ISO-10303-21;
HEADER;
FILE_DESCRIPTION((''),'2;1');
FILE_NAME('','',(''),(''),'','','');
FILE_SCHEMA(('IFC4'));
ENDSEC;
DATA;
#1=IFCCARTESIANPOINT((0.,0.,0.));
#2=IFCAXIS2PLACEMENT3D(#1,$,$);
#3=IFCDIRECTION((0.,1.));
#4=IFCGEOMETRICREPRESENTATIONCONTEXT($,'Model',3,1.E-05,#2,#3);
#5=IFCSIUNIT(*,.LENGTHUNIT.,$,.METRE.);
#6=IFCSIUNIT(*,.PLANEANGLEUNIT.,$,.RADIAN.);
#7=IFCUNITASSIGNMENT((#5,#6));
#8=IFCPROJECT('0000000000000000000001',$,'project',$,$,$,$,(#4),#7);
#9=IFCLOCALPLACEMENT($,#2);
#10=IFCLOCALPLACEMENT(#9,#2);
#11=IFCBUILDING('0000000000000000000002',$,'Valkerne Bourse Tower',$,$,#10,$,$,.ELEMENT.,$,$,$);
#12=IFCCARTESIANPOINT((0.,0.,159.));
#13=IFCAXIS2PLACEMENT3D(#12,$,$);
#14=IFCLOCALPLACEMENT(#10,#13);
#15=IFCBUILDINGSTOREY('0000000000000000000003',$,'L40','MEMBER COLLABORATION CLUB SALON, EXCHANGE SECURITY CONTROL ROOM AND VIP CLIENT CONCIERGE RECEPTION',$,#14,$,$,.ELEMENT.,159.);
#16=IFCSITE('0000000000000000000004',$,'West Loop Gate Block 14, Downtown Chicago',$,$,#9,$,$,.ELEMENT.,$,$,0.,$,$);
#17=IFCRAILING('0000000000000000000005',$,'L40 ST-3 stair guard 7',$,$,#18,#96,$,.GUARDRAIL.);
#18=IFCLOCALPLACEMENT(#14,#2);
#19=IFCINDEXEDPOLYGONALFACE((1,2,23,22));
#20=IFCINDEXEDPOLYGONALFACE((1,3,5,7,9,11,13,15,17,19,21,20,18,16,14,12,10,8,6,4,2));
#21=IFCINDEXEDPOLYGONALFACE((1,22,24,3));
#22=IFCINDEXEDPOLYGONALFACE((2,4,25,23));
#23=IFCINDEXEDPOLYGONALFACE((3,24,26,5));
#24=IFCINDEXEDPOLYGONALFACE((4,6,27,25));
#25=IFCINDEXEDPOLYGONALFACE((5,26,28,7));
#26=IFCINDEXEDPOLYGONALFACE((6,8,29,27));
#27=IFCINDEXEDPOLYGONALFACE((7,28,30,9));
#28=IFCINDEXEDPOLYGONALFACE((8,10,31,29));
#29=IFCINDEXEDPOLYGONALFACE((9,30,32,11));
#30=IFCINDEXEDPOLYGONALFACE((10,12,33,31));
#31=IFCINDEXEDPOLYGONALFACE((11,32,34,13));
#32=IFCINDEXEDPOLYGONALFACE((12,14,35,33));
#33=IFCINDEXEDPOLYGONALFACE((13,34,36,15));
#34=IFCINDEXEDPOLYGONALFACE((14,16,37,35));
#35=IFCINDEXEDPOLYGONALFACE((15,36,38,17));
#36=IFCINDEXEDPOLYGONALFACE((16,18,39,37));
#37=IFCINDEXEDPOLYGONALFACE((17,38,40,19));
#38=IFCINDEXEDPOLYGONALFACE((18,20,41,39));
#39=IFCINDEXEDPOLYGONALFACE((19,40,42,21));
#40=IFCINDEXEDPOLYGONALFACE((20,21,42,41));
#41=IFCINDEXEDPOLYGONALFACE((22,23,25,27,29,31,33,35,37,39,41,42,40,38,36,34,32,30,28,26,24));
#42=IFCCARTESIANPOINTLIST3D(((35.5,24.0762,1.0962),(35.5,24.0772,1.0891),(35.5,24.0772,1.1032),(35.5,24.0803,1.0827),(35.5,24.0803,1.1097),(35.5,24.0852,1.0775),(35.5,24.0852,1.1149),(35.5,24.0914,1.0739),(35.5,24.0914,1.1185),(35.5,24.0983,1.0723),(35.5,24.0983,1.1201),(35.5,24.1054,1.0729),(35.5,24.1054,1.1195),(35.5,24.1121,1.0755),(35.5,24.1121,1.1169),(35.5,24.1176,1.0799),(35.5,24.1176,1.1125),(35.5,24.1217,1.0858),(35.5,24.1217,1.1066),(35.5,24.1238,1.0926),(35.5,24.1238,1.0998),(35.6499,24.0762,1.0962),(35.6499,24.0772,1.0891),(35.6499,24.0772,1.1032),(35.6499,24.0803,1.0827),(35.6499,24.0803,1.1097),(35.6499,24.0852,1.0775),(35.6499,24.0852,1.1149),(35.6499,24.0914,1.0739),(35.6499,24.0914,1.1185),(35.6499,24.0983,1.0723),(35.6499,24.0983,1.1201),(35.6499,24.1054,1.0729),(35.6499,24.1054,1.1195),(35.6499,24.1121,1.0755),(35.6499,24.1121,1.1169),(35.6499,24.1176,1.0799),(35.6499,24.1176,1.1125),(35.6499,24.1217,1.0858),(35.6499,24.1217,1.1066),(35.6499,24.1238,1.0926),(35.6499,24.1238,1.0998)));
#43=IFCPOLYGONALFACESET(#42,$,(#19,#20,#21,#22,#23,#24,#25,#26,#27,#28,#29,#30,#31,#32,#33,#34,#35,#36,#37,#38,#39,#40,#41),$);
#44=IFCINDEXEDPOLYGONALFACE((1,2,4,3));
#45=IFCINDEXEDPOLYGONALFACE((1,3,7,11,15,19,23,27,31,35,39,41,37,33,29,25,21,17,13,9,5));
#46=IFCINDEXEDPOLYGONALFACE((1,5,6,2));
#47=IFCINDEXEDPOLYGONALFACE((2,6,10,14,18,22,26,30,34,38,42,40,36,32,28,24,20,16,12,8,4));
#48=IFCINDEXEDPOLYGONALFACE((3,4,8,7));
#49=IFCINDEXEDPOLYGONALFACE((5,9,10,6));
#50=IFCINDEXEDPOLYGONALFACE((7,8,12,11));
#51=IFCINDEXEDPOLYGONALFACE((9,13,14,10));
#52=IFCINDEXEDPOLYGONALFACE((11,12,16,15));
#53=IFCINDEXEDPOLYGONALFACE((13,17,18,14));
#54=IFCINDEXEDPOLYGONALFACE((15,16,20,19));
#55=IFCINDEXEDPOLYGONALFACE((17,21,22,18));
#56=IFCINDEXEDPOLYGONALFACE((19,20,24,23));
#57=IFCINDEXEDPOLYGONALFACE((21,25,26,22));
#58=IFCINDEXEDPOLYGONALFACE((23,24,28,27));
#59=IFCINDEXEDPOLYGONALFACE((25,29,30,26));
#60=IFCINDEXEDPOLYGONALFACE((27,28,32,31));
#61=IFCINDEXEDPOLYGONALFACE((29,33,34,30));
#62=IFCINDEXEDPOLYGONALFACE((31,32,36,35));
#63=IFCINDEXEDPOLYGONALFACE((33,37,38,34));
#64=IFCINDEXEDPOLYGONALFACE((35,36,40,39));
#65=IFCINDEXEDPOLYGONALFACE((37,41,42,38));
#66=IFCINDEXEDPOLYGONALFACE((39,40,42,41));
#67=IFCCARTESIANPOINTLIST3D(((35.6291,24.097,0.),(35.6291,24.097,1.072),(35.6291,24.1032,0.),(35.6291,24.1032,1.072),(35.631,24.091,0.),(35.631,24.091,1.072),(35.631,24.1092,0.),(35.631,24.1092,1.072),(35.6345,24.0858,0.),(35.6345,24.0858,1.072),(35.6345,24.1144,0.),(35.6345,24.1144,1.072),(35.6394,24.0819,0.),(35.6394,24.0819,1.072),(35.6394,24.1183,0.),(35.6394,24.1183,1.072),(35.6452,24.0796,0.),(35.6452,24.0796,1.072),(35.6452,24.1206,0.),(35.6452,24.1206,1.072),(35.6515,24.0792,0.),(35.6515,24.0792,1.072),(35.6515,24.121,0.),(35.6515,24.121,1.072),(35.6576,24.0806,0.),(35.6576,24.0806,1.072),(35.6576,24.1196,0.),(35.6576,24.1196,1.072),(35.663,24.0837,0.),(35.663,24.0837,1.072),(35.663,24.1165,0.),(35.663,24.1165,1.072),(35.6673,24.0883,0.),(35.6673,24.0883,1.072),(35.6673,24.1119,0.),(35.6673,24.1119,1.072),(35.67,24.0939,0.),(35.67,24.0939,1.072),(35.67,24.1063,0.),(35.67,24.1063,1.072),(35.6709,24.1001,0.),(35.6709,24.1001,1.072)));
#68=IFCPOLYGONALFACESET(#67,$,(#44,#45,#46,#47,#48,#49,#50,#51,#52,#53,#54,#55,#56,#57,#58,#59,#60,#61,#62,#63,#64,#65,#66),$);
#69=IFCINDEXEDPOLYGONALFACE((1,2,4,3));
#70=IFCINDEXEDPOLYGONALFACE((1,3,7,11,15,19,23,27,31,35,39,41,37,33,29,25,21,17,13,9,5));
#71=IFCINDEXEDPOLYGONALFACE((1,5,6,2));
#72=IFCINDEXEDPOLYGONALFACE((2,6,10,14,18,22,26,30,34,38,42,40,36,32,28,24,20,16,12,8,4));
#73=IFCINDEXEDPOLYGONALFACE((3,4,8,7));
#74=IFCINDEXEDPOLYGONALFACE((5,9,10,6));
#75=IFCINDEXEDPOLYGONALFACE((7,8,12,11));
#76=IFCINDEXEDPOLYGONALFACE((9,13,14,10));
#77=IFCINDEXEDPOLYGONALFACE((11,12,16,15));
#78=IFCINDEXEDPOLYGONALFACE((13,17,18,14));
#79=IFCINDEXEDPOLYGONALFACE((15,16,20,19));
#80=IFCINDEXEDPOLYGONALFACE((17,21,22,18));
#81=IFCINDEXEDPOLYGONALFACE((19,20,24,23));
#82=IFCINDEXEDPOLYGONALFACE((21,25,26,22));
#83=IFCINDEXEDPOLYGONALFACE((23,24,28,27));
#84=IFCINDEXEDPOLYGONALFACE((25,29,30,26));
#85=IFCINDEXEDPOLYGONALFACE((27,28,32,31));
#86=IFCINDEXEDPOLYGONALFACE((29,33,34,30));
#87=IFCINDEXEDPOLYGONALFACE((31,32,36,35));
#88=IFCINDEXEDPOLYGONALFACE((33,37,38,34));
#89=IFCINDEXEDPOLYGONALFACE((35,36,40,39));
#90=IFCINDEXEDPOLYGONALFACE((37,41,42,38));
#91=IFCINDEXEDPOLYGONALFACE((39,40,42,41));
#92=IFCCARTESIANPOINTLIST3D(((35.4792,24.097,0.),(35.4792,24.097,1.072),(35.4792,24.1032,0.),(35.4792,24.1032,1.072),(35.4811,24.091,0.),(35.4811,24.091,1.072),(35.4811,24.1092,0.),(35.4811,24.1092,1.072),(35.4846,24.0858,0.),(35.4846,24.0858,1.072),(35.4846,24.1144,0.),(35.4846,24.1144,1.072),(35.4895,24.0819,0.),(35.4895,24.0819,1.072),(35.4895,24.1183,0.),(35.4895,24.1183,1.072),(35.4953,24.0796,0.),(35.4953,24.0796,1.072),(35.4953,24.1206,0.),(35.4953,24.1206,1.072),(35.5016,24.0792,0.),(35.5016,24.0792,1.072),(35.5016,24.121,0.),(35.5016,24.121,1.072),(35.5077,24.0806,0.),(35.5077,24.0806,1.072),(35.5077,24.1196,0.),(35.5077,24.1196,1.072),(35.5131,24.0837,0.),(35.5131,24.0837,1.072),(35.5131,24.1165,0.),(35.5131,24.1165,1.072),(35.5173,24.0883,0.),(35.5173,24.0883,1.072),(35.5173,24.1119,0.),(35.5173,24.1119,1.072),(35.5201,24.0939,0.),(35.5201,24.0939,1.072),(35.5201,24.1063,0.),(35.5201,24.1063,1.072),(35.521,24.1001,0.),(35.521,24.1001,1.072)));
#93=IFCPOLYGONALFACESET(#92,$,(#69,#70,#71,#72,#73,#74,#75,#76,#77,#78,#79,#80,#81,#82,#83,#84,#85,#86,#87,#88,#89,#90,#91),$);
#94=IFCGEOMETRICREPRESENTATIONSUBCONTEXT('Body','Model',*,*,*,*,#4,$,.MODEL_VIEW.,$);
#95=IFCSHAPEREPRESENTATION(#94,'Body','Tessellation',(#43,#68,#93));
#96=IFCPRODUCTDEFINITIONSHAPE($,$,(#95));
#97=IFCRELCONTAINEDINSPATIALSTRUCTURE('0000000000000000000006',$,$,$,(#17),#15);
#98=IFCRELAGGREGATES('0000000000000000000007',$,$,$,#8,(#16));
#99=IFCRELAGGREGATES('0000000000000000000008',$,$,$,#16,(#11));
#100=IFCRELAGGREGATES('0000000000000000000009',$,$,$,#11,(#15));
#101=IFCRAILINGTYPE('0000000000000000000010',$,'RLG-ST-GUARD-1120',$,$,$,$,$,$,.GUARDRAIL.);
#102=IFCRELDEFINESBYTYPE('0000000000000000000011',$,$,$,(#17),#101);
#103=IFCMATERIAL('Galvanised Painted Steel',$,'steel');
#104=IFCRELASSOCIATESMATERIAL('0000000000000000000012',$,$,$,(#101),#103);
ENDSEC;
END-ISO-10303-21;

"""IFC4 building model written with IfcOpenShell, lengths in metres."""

from ifc_helpers import new_model, si_unit, direction, frame, origin, origin_2d, place, context, subcontext, project, spatial, circle, extrude, material, type_object, element, save


model = new_model("IFC4")

# Units and contexts
model_context = context("Model", 3, precision=1e-05, world=origin(), true_north=direction((0.0, 1.0)))
body_context = subcontext(model_context, "Body", "Model", "MODEL_VIEW")
ifc_project = project(units=[si_unit("LENGTHUNIT", "METRE"), si_unit("PLANEANGLEUNIT", "RADIAN")], contexts=[model_context])

# Site, building, storey
site_placement = place(None, origin())
site = spatial("IfcSite", under=ifc_project, at=site_placement, Name="West Loop Gate Block 14, Downtown Chicago", CompositionType="ELEMENT", RefElevation=0.0)
building_placement = place(site_placement, origin())
building = spatial("IfcBuilding", under=site, at=building_placement, Name="Valkerne Bourse Tower", CompositionType="ELEMENT")
storey_placement = place(building_placement, frame((0.0, 0.0, 159.0)))
storey = spatial("IfcBuildingStorey", under=building, at=storey_placement, Name="L40", Description="MEMBER COLLABORATION CLUB SALON, EXCHANGE SECURITY CONTROL ROOM AND VIP CLIENT CONCIERGE RECEPTION", CompositionType="ELEMENT", Elevation=159.0)

# Railing
ifc_material_1 = material(Name="Galvanised Painted Steel", Category="steel")
railing_type_1 = type_object("IfcRailingType", Name="RLG-ST-GUARD-1120", PredefinedType="GUARDRAIL", material=ifc_material_1)
railing_1_placement = place(storey_placement, frame((35.6499, 24.1001, 0.0)))
element("IfcRailing", 1, at=railing_1_placement, inside=storey, type_object=railing_type_1, Name="L40 ST-3 stair guard 7", PredefinedType="GUARDRAIL", context=body_context, shape_type="SweptSolid", body=[
    extrude(circle(Radius=0.0239, at=origin_2d()), frame((0.0, 0.0, 1.0962), z_axis=(-1.0, 0.0, 0.0), x_axis=(0.0, -1.0, 0.0)), (0.0, 0.0, 1.0), 0.1499),
    extrude(circle(Radius=0.021, at=origin_2d()), origin(), (0.0, 0.0, 1.0), 1.072),
    extrude(circle(Radius=0.021, at=origin_2d()), frame((-0.1499, 0.0, 0.0)), (0.0, 0.0, 1.0), 1.072),
])

save(model, "model.ifc")
